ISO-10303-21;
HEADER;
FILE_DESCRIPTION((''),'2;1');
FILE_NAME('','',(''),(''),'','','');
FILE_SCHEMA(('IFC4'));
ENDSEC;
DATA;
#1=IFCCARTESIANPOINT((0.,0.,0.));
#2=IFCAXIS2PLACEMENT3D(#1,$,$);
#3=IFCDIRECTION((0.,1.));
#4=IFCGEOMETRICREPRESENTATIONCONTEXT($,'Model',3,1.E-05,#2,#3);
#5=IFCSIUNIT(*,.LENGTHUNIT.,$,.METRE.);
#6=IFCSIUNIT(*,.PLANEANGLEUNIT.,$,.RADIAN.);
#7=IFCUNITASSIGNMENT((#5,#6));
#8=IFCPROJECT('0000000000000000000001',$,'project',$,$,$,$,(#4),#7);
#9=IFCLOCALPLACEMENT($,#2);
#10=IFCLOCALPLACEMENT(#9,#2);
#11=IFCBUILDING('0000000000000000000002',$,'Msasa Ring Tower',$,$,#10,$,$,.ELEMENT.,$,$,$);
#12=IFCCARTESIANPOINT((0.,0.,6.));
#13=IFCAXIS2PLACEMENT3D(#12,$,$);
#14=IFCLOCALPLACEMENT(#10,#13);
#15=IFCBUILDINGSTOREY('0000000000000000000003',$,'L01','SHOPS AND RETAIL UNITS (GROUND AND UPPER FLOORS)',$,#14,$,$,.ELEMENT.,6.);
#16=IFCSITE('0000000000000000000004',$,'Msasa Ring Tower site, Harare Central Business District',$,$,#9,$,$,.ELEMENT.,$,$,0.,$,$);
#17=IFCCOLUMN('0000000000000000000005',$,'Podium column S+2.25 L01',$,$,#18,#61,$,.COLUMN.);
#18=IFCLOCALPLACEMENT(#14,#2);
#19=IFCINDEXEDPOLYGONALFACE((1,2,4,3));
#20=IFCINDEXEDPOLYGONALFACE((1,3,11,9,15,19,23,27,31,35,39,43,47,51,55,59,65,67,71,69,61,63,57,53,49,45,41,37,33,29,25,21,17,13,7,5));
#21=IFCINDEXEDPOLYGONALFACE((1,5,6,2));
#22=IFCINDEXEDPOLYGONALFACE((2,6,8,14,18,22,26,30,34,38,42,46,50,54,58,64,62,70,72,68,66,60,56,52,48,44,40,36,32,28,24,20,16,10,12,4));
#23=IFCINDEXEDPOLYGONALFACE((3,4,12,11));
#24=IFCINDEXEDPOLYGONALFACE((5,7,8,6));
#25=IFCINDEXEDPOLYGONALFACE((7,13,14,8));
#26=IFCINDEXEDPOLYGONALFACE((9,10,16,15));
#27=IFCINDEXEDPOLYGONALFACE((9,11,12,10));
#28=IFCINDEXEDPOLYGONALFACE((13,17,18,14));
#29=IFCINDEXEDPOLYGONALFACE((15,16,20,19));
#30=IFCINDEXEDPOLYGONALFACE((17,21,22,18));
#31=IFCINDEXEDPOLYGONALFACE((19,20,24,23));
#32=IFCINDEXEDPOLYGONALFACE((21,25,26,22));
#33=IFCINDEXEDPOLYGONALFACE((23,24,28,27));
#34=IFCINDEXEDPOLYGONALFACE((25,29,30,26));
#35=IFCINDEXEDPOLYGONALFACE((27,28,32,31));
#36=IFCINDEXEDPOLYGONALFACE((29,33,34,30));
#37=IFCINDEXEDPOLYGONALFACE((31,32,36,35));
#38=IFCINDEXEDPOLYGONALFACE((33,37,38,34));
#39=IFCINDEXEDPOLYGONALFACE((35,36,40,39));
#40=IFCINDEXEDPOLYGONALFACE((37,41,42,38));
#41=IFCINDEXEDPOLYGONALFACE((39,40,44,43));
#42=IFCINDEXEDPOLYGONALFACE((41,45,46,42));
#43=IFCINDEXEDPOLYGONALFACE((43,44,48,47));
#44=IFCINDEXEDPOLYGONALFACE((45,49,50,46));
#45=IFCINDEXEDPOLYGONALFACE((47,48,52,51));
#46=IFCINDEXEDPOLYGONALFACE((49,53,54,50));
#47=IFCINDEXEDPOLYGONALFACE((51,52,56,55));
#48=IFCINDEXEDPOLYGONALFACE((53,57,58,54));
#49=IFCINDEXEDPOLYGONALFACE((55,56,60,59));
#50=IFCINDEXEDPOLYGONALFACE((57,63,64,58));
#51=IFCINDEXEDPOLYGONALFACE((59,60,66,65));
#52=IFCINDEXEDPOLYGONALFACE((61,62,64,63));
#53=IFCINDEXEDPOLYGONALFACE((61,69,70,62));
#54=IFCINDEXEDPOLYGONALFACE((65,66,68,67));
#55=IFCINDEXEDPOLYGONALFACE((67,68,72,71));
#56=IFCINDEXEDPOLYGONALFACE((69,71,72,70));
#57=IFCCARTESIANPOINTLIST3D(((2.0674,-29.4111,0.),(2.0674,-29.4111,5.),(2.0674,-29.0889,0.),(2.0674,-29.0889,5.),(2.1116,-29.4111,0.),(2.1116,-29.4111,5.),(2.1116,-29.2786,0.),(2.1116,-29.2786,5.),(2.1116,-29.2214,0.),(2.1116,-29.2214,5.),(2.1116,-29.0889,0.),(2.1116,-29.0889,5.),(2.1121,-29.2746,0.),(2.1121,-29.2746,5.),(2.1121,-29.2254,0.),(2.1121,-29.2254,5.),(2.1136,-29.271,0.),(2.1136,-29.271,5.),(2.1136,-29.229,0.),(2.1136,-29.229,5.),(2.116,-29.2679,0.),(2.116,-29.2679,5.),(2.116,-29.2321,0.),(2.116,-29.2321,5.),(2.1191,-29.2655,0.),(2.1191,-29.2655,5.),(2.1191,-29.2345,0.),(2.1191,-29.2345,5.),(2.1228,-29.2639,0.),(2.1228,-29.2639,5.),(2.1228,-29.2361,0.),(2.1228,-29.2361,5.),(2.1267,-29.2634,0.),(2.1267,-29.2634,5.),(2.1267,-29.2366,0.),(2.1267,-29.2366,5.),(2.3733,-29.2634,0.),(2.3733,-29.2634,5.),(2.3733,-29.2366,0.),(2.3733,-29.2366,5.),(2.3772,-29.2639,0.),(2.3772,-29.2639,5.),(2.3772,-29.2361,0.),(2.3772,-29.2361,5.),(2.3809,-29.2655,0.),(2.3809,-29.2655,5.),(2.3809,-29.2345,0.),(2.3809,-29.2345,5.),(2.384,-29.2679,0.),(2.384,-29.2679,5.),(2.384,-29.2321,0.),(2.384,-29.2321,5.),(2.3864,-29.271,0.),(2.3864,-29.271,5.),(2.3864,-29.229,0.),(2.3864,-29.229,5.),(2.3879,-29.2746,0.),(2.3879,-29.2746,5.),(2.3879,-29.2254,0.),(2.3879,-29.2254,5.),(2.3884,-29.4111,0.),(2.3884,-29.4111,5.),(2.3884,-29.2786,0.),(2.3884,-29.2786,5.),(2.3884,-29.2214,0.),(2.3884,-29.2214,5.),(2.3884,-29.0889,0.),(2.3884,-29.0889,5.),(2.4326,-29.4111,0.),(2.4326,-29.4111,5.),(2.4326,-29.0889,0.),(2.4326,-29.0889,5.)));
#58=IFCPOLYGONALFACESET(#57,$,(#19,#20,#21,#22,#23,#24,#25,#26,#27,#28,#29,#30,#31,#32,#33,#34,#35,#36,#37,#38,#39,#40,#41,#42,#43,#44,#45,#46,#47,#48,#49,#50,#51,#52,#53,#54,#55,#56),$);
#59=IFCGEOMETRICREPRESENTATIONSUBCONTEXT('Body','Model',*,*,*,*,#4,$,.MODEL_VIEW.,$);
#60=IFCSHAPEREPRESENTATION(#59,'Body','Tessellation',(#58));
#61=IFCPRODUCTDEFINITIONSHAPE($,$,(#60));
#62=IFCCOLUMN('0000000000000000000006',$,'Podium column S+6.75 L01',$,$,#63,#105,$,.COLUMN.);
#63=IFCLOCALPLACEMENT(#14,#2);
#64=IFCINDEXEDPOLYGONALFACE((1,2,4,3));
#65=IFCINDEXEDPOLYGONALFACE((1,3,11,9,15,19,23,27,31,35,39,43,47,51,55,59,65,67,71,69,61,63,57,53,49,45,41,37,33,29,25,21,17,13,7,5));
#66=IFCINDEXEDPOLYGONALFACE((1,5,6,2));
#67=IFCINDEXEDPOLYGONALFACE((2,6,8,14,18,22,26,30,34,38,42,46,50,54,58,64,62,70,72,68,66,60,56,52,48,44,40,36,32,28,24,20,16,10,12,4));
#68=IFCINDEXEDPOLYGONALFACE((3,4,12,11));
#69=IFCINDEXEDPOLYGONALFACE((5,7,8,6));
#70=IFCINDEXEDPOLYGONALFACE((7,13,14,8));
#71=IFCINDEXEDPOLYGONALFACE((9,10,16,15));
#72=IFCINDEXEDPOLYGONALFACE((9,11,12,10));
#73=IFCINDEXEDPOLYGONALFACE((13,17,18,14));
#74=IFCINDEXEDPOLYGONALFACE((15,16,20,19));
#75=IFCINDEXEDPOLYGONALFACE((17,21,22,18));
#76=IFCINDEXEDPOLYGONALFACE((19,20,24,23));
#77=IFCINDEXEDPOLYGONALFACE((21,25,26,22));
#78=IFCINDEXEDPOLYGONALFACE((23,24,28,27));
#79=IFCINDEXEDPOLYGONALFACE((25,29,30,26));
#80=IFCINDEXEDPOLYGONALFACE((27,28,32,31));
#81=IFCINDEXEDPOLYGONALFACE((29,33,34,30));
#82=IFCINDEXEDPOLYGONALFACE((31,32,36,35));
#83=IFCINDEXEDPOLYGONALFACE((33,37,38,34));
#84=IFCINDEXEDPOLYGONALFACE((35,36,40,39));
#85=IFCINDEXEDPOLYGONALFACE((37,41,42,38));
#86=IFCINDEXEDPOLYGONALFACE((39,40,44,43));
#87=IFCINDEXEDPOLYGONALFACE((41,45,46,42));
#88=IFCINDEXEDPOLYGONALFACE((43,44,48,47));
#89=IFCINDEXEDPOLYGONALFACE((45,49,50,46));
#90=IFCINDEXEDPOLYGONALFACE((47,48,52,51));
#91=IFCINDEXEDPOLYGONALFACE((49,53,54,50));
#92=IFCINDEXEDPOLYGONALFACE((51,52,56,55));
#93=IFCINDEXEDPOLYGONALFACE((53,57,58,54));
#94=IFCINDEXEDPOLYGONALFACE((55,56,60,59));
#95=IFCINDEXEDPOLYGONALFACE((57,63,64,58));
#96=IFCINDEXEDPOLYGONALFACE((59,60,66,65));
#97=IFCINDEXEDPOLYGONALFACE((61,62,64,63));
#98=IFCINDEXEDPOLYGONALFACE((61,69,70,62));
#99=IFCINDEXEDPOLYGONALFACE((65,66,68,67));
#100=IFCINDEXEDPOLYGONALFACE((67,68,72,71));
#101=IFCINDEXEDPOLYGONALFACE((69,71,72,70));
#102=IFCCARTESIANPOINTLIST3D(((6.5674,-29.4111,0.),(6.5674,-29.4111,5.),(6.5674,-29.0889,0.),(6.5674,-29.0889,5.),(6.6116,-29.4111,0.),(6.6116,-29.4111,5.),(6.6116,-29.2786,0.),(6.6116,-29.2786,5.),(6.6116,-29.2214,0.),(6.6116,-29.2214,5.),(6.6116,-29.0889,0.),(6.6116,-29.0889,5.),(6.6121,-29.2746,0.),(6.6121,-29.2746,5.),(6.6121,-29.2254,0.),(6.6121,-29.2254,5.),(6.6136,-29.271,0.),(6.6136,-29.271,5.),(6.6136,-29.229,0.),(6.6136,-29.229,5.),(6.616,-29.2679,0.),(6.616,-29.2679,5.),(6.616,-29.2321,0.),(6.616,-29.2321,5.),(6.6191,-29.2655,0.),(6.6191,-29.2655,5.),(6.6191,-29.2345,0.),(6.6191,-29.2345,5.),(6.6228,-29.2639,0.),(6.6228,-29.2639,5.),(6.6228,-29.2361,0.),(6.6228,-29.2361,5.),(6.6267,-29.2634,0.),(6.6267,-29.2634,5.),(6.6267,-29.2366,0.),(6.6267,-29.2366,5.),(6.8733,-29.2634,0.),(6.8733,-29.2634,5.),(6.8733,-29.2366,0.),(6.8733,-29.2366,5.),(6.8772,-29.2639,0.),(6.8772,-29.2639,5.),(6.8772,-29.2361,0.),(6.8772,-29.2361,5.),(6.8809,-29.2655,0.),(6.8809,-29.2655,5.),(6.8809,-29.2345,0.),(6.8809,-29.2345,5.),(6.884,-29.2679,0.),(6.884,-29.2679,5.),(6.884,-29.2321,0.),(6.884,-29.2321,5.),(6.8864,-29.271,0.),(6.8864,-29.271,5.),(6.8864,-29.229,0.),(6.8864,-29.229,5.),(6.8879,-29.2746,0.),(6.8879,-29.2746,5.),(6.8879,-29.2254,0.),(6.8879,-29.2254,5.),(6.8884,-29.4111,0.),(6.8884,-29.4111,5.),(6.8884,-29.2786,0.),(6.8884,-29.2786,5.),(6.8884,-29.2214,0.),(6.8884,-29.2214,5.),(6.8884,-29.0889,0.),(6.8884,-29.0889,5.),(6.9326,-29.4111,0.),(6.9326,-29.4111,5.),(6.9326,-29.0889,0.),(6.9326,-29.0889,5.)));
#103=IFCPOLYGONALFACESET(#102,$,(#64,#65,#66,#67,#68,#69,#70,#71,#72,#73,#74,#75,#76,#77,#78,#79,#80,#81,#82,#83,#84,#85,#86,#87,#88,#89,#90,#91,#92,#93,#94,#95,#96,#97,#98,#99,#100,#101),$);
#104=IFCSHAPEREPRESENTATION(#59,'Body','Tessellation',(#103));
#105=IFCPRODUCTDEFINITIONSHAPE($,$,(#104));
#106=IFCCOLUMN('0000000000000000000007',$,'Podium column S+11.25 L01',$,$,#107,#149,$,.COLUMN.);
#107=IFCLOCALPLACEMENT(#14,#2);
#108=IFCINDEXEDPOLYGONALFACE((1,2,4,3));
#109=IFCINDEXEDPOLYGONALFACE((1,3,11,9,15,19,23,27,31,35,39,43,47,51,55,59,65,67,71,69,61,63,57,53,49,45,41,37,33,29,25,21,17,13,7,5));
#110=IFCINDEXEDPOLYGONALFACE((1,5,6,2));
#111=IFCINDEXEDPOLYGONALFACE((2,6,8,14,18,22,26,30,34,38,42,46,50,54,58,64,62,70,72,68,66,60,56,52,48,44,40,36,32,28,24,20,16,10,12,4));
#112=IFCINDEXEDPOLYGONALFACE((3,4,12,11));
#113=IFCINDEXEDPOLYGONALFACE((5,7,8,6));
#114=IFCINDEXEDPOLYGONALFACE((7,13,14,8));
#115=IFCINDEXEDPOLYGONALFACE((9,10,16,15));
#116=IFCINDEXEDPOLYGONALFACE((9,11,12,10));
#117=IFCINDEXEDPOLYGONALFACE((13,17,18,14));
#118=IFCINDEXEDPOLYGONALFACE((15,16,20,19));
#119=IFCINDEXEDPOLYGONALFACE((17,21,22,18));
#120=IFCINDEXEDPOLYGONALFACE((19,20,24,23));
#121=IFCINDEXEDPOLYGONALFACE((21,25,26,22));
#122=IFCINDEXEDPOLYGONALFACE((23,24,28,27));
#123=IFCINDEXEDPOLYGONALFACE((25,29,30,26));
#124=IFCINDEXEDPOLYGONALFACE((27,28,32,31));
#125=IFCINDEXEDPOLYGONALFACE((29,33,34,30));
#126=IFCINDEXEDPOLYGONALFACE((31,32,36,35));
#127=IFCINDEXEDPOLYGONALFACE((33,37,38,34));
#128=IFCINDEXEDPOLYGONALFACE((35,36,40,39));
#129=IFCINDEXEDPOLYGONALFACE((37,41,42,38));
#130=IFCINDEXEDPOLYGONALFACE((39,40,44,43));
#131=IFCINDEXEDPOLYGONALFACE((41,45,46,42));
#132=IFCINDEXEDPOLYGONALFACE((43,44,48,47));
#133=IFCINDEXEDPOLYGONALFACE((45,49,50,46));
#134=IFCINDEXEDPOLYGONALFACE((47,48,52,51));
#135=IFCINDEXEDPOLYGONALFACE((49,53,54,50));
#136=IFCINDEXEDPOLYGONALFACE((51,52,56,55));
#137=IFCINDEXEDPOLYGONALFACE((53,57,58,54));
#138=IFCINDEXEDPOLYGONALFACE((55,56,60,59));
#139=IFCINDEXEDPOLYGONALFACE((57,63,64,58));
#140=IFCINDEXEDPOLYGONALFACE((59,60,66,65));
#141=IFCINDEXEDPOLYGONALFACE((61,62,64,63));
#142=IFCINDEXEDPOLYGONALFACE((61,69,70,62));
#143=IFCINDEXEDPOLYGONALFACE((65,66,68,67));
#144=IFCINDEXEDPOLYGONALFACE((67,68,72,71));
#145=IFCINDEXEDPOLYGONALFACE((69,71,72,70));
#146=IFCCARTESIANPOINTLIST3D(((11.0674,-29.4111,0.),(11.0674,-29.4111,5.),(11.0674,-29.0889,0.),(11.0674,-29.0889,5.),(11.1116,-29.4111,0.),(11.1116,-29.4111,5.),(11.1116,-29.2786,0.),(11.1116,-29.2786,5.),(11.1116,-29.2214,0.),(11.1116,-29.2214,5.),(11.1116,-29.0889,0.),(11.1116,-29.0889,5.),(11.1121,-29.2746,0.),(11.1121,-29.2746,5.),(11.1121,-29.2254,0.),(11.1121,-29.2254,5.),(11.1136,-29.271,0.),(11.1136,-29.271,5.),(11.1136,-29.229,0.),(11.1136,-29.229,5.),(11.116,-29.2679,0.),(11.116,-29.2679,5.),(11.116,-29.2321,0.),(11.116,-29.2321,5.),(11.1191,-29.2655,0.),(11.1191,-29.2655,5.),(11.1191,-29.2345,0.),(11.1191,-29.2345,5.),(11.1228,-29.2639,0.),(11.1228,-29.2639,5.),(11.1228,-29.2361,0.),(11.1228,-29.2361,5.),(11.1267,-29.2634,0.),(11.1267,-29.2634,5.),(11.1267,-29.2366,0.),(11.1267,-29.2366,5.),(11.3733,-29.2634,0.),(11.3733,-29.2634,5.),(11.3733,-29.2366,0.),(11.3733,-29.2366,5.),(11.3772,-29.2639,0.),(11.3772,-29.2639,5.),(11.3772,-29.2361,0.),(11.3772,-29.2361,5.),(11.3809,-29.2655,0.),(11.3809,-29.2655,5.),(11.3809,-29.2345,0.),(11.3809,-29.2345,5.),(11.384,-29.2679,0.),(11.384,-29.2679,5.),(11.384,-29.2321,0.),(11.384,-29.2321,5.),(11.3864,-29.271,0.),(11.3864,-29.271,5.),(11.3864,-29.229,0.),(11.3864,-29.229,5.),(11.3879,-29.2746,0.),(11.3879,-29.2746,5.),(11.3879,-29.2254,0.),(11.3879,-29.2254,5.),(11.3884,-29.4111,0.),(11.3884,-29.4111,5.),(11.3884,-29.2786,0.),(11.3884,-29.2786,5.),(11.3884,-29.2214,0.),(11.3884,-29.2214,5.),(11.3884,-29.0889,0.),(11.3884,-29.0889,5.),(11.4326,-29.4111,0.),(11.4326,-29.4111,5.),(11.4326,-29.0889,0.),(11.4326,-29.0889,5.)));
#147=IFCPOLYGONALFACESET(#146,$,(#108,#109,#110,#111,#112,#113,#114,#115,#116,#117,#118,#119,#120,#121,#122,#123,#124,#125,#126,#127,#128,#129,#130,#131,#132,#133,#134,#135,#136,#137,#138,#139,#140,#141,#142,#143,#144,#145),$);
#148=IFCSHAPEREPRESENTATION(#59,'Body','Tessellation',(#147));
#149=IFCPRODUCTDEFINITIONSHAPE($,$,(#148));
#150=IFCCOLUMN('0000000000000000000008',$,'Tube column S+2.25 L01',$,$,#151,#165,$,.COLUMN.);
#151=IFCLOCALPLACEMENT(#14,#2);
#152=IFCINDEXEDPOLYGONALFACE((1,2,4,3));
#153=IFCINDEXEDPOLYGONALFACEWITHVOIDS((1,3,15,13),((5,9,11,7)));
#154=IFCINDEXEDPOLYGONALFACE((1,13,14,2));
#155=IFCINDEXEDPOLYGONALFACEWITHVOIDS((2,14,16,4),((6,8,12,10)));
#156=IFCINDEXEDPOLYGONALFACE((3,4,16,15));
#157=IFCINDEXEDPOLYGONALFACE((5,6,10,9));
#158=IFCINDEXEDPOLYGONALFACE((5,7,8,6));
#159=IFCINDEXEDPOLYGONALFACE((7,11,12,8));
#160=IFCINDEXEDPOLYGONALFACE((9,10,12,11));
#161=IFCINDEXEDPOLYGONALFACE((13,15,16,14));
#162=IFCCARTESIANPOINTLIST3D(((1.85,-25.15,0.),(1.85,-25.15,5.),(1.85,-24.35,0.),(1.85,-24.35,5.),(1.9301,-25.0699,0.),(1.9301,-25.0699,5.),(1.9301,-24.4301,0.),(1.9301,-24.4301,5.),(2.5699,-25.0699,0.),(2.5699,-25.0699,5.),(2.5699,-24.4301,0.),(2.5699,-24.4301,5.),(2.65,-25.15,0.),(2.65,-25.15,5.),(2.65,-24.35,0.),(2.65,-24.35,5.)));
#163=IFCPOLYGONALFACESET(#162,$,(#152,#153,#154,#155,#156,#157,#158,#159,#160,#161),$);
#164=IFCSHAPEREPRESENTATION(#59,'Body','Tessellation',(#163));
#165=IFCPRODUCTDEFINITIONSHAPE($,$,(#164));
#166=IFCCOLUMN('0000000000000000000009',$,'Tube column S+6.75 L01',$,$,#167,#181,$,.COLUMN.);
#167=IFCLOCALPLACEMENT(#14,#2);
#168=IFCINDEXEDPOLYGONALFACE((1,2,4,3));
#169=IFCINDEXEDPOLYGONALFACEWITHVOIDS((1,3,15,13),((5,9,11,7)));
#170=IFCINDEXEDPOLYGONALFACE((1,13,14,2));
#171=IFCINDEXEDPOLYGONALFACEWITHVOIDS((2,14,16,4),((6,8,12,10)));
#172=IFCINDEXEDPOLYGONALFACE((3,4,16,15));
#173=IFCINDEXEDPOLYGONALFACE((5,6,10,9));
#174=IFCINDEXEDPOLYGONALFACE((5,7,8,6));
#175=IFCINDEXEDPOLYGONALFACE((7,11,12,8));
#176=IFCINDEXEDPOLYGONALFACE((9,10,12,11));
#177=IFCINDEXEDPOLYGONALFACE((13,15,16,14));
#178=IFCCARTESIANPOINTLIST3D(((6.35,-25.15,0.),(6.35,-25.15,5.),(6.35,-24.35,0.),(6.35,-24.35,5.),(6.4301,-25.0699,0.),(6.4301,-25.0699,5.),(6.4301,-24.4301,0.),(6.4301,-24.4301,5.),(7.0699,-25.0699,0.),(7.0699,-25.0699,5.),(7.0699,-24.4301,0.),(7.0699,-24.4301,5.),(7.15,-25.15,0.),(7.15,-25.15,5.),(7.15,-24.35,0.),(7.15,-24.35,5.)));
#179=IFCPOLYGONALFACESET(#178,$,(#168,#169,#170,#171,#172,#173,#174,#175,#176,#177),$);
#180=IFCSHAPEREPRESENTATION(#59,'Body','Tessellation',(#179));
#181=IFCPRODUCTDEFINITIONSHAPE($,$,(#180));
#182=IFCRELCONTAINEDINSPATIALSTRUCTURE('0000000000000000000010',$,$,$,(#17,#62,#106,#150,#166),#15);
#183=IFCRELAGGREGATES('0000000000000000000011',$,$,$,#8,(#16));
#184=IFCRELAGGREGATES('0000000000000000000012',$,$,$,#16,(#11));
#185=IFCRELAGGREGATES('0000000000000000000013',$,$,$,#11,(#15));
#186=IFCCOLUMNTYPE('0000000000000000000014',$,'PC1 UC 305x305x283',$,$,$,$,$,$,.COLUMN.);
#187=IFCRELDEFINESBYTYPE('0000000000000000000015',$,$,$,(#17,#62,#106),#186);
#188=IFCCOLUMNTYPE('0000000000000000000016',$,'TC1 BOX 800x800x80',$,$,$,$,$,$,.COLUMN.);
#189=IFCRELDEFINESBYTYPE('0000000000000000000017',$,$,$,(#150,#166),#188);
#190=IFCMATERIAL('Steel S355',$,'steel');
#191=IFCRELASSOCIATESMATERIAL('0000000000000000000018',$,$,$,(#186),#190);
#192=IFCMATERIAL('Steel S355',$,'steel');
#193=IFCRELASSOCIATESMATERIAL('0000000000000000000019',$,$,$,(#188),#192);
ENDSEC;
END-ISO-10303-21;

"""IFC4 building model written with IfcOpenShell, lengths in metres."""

from ifc_helpers import new_model, si_unit, direction, frame, origin, origin_2d, place, context, subcontext, project, spatial, hollow_rectangle, i_section, extrude, material, material_profile, profile_set, type_object, element, save


model = new_model("IFC4")

# Units and contexts
model_context = context("Model", 3, precision=1e-05, world=origin(), true_north=direction((0.0, 1.0)))
body_context = subcontext(model_context, "Body", "Model", "MODEL_VIEW")
ifc_project = project(units=[si_unit("LENGTHUNIT", "METRE"), si_unit("PLANEANGLEUNIT", "RADIAN")], contexts=[model_context])

# Site, building, storey
site_placement = place(None, origin())
site = spatial("IfcSite", under=ifc_project, at=site_placement, Name="Msasa Ring Tower site, Harare Central Business District", CompositionType="ELEMENT", RefElevation=0.0)
building_placement = place(site_placement, origin())
building = spatial("IfcBuilding", under=site, at=building_placement, Name="Msasa Ring Tower", CompositionType="ELEMENT")
storey_placement = place(building_placement, frame((0.0, 0.0, 6.0)))
storey = spatial("IfcBuildingStorey", under=building, at=storey_placement, Name="L01", Description="SHOPS AND RETAIL UNITS (GROUND AND UPPER FLOORS)", CompositionType="ELEMENT", Elevation=6.0)

# Columns
ifc_material_1 = material(Name="Steel S355", Category="steel")
ifc_material_profile_1 = material_profile(ifc_material_1, i_section(OverallWidth=0.3223, OverallDepth=0.3652, WebThickness=0.0269, FlangeThickness=0.0442, FilletRadius=0.0151, at=origin_2d()), Name="UC 305x305x283")
ifc_profile_set_1 = profile_set([ifc_material_profile_1], Name="Steel S355")
column_type_1 = type_object("IfcColumnType", Name="PC1 UC 305x305x283", PredefinedType="COLUMN", material=ifc_profile_set_1)
for number, where, z_axis, x_axis, name in (
    (1, (2.25, -29.25, 0.0), (0.0, 0.0, 1.0), (0.0, 1.0, 0.0), "Podium column S+2.25 L01"),
    (2, (6.75, -29.25, 0.0), (0.0, 0.0, 1.0), (0.0, 1.0, 0.0), "Podium column S+6.75 L01"),
    (3, (11.25, -29.25, 0.0), (0.0, 0.0, 1.0), (0.0, 1.0, 0.0), "Podium column S+11.25 L01"),
):
    element("IfcColumn", number, at=place(storey_placement, frame(where, z_axis=z_axis, x_axis=x_axis)), inside=storey, type_object=column_type_1, Name=name, PredefinedType="COLUMN", context=body_context, shape_type="SweptSolid", body=[
        extrude(i_section(OverallWidth=0.3223, OverallDepth=0.3652, WebThickness=0.0269, FlangeThickness=0.0442, FilletRadius=0.0151, at=origin_2d()), origin(), (0.0, 0.0, 1.0), 5.0),
    ])
ifc_material_2 = material(Name="Steel S355", Category="steel")
ifc_material_profile_2 = material_profile(ifc_material_2, hollow_rectangle(XDim=0.8, YDim=0.8, WallThickness=0.0801, at=origin_2d()), Name="BOX 800x800x80")
ifc_profile_set_2 = profile_set([ifc_material_profile_2], Name="Steel S355")
column_type_2 = type_object("IfcColumnType", Name="TC1 BOX 800x800x80", PredefinedType="COLUMN", material=ifc_profile_set_2)
for number, where, z_axis, x_axis, name in (
    (4, (2.25, -24.75, 0.0), (0.0, 0.0, 1.0), (0.0, 1.0, 0.0), "Tube column S+2.25 L01"),
    (5, (6.75, -24.75, 0.0), (0.0, 0.0, 1.0), (0.0, 1.0, 0.0), "Tube column S+6.75 L01"),
):
    element("IfcColumn", number, at=place(storey_placement, frame(where, z_axis=z_axis, x_axis=x_axis)), inside=storey, type_object=column_type_2, Name=name, PredefinedType="COLUMN", context=body_context, shape_type="SweptSolid", body=[
        extrude(hollow_rectangle(XDim=0.8, YDim=0.8, WallThickness=0.0801, at=origin_2d()), origin(), (0.0, 0.0, 1.0), 5.0),
    ])

save(model, "model.ifc")
